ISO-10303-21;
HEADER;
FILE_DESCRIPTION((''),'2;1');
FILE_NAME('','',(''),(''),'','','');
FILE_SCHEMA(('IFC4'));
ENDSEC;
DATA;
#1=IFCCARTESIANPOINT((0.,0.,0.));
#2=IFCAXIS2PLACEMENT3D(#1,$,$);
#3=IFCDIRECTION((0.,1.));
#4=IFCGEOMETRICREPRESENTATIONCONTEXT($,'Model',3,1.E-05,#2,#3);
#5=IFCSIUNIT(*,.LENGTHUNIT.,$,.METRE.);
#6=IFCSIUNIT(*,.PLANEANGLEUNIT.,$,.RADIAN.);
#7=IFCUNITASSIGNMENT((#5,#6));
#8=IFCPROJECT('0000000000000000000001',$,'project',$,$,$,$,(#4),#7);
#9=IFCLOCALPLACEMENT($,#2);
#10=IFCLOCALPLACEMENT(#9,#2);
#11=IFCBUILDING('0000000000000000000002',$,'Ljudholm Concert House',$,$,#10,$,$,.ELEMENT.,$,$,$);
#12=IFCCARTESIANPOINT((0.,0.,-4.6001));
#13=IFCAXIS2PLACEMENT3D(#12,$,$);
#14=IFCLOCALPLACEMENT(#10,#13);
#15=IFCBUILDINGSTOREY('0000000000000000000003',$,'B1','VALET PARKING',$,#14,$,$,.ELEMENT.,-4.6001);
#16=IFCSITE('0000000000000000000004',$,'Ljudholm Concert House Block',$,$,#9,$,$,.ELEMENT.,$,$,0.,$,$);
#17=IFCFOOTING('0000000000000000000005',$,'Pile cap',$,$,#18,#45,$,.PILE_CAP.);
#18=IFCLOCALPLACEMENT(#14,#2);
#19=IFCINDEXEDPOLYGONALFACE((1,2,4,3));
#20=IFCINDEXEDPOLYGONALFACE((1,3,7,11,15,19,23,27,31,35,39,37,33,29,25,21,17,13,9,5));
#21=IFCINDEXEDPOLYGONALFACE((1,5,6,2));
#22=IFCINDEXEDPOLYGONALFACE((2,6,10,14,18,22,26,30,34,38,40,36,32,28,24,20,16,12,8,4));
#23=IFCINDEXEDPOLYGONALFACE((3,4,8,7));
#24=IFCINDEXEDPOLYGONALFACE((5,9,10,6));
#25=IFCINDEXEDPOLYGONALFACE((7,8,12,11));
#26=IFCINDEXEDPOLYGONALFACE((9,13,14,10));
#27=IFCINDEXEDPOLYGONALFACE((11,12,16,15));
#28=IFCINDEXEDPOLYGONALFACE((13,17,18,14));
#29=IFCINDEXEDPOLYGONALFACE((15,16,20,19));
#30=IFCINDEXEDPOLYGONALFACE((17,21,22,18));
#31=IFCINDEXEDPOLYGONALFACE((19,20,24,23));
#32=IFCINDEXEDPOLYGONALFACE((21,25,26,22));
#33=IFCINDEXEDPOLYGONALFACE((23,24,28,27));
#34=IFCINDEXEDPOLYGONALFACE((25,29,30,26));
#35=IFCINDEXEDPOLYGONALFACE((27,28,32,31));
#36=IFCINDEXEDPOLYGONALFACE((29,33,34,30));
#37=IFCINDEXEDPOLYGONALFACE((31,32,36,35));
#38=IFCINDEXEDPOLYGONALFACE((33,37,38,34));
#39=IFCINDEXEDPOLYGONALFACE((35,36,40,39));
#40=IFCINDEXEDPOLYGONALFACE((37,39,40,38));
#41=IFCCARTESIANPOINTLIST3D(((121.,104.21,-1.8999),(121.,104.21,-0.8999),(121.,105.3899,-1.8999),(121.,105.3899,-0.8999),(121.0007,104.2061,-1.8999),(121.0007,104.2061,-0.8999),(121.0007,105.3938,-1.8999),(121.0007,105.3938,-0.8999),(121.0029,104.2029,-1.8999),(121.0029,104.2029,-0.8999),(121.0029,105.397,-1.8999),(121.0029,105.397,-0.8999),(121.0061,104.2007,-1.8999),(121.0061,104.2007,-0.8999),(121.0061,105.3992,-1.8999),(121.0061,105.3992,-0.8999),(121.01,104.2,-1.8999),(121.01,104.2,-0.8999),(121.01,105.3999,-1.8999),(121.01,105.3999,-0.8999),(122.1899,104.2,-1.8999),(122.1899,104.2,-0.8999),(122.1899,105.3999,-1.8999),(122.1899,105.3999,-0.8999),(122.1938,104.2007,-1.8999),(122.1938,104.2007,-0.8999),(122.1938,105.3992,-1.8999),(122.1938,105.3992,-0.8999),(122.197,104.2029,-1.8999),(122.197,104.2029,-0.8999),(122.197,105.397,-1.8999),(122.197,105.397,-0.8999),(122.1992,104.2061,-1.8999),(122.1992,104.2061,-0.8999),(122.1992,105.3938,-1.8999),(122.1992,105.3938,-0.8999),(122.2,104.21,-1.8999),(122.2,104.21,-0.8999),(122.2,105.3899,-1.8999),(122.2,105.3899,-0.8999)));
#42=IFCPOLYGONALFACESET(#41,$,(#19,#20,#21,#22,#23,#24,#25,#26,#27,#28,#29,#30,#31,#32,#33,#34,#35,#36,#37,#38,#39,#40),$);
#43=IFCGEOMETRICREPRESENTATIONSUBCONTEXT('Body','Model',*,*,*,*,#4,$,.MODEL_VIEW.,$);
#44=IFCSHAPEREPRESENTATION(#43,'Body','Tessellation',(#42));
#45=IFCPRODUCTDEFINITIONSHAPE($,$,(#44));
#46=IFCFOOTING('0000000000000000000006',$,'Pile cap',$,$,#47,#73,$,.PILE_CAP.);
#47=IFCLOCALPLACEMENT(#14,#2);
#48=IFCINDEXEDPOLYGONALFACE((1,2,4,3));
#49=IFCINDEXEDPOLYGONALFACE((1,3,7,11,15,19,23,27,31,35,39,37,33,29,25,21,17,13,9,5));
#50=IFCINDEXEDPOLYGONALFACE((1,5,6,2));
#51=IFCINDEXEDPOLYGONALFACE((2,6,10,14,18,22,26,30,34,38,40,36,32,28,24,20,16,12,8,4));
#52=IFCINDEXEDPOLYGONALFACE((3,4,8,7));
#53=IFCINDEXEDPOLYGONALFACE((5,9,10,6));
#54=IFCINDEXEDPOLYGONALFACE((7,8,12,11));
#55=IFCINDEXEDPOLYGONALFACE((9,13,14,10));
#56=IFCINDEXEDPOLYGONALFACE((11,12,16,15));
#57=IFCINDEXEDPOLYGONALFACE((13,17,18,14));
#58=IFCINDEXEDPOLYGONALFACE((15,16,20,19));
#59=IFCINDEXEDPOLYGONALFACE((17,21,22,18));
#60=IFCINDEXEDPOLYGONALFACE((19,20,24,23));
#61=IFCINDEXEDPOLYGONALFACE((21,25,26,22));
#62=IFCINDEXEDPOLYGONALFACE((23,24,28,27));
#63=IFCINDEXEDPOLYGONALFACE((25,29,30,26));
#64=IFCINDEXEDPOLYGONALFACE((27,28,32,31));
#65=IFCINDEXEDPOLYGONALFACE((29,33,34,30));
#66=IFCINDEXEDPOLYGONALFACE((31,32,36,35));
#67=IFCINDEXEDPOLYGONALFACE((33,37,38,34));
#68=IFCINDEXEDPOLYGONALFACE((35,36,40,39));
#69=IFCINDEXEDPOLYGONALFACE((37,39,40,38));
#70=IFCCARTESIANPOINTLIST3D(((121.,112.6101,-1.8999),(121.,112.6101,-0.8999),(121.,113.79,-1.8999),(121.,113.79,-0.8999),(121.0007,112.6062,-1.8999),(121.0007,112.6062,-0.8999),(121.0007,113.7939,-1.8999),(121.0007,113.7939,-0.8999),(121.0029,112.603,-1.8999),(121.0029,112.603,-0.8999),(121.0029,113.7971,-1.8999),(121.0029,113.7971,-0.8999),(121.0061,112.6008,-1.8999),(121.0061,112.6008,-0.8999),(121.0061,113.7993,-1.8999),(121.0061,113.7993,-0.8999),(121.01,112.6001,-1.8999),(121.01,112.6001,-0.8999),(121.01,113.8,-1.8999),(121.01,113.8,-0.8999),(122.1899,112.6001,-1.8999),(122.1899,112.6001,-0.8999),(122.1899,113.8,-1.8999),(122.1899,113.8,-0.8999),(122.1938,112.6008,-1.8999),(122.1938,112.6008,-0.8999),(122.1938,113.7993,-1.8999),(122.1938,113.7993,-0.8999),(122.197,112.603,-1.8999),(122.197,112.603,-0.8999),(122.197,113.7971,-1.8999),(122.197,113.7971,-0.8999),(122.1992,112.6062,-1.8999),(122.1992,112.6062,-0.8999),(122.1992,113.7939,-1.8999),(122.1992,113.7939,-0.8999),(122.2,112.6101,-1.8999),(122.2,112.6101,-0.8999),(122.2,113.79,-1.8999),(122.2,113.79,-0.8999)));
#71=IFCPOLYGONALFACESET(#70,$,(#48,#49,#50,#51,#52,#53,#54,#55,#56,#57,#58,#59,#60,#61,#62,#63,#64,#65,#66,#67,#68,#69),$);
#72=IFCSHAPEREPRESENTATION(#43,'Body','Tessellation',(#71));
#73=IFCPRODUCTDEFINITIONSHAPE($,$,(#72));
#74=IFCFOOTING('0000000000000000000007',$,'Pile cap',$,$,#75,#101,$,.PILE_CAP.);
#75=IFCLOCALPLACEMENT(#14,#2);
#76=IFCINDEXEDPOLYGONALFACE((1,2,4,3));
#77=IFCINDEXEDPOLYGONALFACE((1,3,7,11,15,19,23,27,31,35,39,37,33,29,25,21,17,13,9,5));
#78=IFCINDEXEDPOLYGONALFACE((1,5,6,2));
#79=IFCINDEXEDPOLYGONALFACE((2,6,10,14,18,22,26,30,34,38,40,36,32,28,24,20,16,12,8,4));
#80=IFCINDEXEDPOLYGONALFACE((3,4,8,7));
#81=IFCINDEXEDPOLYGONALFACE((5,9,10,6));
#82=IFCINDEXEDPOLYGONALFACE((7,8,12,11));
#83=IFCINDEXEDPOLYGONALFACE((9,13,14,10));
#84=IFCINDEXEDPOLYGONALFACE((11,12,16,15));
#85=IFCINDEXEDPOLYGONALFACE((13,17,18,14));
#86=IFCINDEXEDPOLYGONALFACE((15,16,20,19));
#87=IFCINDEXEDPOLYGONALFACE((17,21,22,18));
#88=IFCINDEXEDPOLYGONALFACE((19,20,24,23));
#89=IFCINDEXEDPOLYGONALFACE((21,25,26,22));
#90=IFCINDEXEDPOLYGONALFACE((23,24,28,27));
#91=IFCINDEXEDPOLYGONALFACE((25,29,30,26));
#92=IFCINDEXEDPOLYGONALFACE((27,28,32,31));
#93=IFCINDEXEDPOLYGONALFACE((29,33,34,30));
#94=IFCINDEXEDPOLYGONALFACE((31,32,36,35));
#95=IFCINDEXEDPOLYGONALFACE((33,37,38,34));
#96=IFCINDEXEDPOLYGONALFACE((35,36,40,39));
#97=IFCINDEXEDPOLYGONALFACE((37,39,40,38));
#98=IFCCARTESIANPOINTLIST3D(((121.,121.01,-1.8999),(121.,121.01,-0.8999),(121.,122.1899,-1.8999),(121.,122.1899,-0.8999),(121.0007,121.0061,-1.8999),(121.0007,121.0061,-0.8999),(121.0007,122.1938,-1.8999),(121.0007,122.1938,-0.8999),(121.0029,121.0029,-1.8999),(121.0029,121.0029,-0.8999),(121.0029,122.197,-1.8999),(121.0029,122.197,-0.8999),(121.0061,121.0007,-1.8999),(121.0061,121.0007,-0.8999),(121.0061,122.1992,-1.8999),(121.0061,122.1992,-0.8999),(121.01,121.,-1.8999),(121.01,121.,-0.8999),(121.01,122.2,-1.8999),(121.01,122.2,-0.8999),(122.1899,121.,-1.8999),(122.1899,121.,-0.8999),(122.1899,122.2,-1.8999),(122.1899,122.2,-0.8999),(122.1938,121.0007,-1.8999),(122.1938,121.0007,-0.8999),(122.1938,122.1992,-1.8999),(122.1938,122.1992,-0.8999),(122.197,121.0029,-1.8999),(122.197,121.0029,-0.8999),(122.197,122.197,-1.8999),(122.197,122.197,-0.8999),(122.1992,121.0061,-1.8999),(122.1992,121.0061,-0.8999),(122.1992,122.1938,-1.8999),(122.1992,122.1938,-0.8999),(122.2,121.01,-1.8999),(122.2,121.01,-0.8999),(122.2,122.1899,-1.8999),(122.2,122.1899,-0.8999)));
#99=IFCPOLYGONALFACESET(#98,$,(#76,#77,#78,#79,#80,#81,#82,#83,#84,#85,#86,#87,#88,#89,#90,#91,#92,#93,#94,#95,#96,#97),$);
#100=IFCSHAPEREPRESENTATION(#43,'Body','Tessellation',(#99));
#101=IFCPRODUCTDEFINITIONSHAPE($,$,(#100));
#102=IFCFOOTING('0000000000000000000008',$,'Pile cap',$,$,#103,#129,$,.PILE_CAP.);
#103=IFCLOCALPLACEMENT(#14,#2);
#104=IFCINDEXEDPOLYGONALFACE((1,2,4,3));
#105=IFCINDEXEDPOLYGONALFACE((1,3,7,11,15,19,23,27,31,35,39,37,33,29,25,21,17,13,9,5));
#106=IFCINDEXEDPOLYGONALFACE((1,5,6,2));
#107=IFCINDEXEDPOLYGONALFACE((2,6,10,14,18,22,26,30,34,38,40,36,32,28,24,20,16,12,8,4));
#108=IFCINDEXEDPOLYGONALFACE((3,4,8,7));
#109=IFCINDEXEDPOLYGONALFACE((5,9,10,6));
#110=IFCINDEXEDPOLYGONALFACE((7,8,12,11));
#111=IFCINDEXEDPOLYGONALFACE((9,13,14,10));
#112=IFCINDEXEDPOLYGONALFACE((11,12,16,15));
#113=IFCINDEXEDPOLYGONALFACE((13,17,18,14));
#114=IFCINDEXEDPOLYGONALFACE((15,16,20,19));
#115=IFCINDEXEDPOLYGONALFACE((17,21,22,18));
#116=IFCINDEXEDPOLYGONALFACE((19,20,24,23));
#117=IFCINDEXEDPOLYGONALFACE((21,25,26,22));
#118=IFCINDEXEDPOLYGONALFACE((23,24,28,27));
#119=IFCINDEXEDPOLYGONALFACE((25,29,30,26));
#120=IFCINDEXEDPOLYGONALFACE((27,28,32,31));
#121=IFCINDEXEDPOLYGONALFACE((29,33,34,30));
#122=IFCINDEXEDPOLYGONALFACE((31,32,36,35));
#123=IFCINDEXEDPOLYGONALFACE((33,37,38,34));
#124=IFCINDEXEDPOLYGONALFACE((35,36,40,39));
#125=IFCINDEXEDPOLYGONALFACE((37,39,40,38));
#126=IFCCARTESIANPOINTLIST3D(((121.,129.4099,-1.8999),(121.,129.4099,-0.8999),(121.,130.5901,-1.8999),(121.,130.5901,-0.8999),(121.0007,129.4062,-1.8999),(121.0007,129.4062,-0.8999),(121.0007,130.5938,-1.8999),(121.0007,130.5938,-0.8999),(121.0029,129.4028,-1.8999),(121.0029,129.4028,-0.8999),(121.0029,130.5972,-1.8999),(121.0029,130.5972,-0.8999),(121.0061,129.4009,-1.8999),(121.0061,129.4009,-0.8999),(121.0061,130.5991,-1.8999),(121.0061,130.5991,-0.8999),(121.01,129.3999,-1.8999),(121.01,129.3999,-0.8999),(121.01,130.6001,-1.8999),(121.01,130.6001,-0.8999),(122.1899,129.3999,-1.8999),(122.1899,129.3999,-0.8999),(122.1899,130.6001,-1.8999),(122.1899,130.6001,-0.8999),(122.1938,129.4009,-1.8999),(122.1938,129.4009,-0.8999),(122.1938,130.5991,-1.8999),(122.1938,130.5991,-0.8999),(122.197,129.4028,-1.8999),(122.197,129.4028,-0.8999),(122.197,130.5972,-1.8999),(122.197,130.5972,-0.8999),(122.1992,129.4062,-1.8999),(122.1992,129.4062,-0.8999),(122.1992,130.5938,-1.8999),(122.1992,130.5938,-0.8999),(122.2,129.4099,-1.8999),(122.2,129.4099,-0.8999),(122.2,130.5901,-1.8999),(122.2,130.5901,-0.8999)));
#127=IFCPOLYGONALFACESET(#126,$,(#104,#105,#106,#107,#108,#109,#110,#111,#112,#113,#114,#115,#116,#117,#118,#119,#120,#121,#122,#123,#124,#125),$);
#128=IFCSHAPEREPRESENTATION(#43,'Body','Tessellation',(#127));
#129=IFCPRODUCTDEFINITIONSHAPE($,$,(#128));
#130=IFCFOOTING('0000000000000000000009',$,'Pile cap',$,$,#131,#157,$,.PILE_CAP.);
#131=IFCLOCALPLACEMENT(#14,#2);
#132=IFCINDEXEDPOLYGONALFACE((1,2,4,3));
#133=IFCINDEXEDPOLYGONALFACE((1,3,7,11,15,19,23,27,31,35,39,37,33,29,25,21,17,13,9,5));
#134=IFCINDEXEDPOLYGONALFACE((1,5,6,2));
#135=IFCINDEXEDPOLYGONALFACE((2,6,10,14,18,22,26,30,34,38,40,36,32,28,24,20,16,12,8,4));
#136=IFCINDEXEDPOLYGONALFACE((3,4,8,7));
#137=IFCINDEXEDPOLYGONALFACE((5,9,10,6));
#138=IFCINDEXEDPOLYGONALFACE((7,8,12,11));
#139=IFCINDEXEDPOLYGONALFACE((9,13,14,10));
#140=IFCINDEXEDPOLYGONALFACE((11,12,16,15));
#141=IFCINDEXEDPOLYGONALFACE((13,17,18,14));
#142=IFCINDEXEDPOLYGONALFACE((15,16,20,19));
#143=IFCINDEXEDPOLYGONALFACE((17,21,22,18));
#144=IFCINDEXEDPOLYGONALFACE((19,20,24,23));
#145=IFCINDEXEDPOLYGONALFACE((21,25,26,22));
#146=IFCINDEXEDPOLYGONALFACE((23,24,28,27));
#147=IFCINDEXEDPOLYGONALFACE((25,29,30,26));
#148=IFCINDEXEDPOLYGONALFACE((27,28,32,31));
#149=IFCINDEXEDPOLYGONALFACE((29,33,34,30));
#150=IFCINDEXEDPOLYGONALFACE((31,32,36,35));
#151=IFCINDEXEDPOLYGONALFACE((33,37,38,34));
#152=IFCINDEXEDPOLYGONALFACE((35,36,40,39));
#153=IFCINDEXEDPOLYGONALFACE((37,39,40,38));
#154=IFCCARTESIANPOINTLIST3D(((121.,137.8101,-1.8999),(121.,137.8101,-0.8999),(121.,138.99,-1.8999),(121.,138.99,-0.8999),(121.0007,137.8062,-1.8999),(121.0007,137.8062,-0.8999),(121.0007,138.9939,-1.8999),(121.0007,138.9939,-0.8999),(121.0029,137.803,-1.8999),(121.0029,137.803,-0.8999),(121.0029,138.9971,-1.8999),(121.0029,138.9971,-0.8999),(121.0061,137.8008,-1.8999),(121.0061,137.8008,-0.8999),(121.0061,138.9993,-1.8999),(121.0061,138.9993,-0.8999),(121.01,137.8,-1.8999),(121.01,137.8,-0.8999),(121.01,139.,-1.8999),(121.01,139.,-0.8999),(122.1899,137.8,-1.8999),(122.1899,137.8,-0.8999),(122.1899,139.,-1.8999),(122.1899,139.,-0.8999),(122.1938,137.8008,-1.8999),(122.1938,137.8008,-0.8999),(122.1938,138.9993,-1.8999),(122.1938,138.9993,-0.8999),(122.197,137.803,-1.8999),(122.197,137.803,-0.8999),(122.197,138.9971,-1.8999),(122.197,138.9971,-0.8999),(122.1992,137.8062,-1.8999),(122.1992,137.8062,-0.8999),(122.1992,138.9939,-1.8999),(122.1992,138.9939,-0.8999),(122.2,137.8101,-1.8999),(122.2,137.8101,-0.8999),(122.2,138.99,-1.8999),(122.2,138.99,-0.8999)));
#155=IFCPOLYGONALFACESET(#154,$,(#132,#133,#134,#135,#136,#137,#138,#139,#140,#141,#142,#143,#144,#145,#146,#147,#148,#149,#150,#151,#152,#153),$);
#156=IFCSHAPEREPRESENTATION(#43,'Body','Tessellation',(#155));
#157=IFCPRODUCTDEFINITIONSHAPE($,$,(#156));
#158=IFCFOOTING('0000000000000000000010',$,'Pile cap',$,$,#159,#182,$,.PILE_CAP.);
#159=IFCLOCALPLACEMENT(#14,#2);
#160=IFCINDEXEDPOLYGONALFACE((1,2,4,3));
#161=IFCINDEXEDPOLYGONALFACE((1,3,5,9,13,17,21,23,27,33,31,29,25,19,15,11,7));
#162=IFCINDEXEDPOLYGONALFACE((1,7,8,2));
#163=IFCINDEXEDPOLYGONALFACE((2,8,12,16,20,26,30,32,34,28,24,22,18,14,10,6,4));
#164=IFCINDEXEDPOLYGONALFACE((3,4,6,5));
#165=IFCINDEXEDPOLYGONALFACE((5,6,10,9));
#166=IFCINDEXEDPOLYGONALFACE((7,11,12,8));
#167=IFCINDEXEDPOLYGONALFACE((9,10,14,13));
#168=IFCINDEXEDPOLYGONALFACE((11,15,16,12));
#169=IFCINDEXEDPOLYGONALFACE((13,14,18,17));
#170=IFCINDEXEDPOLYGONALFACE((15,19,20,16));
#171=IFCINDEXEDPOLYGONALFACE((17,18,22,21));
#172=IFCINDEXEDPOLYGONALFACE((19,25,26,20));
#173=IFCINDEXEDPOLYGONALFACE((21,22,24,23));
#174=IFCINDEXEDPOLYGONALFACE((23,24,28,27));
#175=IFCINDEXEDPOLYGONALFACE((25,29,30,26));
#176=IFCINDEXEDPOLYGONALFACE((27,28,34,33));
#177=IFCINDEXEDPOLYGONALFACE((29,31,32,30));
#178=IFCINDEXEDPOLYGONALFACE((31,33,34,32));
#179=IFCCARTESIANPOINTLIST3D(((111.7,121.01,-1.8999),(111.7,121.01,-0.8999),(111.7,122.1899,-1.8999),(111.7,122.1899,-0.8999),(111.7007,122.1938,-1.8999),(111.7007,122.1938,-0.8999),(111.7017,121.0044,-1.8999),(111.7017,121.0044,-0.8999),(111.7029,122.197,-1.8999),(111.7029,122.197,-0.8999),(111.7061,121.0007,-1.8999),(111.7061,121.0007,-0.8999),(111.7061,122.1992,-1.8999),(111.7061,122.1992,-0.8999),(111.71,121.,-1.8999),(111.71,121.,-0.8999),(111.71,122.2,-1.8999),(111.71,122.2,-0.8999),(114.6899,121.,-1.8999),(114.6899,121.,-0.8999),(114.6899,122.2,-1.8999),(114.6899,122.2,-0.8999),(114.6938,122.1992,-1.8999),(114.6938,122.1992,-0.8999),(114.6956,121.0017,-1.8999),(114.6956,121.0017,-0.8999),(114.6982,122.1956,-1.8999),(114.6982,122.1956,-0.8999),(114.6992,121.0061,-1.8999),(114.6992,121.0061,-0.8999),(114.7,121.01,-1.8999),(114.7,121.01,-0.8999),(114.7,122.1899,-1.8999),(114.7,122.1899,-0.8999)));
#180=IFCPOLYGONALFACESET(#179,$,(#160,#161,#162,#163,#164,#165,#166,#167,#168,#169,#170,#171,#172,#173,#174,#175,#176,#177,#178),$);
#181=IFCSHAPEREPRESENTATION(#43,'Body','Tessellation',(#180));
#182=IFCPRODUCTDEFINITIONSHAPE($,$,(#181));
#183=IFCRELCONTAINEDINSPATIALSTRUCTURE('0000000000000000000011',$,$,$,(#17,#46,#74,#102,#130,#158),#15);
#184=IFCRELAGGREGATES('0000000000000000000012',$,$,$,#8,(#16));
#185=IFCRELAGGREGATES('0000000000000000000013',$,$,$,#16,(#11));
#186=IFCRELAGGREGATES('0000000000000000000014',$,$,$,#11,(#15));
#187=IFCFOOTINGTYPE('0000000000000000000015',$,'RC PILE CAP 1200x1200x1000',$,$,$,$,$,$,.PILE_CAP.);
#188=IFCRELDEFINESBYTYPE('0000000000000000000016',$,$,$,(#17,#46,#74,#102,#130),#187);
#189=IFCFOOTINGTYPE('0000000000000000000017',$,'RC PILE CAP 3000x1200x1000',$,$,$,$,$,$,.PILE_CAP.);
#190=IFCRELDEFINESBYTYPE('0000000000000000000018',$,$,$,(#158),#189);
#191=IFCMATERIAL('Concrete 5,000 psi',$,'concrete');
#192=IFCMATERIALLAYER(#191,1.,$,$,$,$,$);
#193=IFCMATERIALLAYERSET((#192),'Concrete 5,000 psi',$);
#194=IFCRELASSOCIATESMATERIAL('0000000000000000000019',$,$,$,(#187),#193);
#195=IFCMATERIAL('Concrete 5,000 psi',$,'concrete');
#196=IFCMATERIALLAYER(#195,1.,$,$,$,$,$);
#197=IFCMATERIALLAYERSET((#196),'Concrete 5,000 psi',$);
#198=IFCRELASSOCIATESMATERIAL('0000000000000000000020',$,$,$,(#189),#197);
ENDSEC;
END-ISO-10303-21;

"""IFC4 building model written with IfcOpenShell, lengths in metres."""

from ifc_helpers import new_model, si_unit, direction, frame, origin, place, context, subcontext, project, spatial, polyline, outline, extrude, material, layer, layer_set, type_object, element, save


model = new_model("IFC4")

# Units and contexts
model_context = context("Model", 3, precision=1e-05, world=origin(), true_north=direction((0.0, 1.0)))
body_context = subcontext(model_context, "Body", "Model", "MODEL_VIEW")
ifc_project = project(units=[si_unit("LENGTHUNIT", "METRE"), si_unit("PLANEANGLEUNIT", "RADIAN")], contexts=[model_context])

# Site, building, storey
site_placement = place(None, origin())
site = spatial("IfcSite", under=ifc_project, at=site_placement, Name="Ljudholm Concert House Block", CompositionType="ELEMENT", RefElevation=0.0)
building_placement = place(site_placement, origin())
building = spatial("IfcBuilding", under=site, at=building_placement, Name="Ljudholm Concert House", CompositionType="ELEMENT")
storey_placement = place(building_placement, frame((0.0, 0.0, -4.6001)))
storey = spatial("IfcBuildingStorey", under=building, at=storey_placement, Name="B1", Description="VALET PARKING", CompositionType="ELEMENT", Elevation=-4.6001)

# Footings
ifc_material_1 = material(Name="Concrete 5,000 psi", Category="concrete")
ifc_layer_1 = layer(ifc_material_1, 1.0)
ifc_layer_set_1 = layer_set([ifc_layer_1], Name="Concrete 5,000 psi")
footing_type_1 = type_object("IfcFootingType", Name="RC PILE CAP 1200x1200x1000", PredefinedType="PILE_CAP", material=ifc_layer_set_1)
footing_1_placement = place(storey_placement, frame((0.0, 0.0, -1.8999)))
element("IfcFooting", 1, at=footing_1_placement, inside=storey, type_object=footing_type_1, Name="Pile cap", PredefinedType="PILE_CAP", context=body_context, shape_type="SweptSolid", body=[
    extrude(outline(polyline([(121.01, 104.2), (122.1899, 104.2), (122.1938, 104.2007), (122.197, 104.2029), (122.1992, 104.2061), (122.2, 104.21), (122.2, 105.3899), (122.1992, 105.3938), (122.197, 105.397), (122.1938, 105.3992), (122.1899, 105.3999), (121.01, 105.3999), (121.0061, 105.3992), (121.0029, 105.397), (121.0007, 105.3938), (121.0, 105.3899), (121.0, 104.21), (121.0007, 104.2061), (121.0029, 104.2029), (121.0061, 104.2007), (121.01, 104.2)])), origin(), (0.0, 0.0, 1.0), 1.0),
])
footing_2_placement = place(storey_placement, frame((0.0, 0.0, -1.8999)))
element("IfcFooting", 2, at=footing_2_placement, inside=storey, type_object=footing_type_1, Name="Pile cap", PredefinedType="PILE_CAP", context=body_context, shape_type="SweptSolid", body=[
    extrude(outline(polyline([(121.0, 113.79), (121.0, 112.6101), (121.0007, 112.6062), (121.0029, 112.603), (121.0061, 112.6008), (121.01, 112.6001), (122.1899, 112.6001), (122.1938, 112.6008), (122.197, 112.603), (122.1992, 112.6062), (122.2, 112.6101), (122.2, 113.79), (122.1992, 113.7939), (122.197, 113.7971), (122.1938, 113.7993), (122.1899, 113.8), (121.01, 113.8), (121.0061, 113.7993), (121.0029, 113.7971), (121.0007, 113.7939), (121.0, 113.79)])), origin(), (0.0, 0.0, 1.0), 1.0),
])
footing_3_placement = place(storey_placement, frame((0.0, 0.0, -1.8999)))
element("IfcFooting", 3, at=footing_3_placement, inside=storey, type_object=footing_type_1, Name="Pile cap", PredefinedType="PILE_CAP", context=body_context, shape_type="SweptSolid", body=[
    extrude(outline(polyline([(121.0, 122.1899), (121.0, 121.01), (121.0007, 121.0061), (121.0029, 121.0029), (121.0061, 121.0007), (121.01, 121.0), (122.1899, 121.0), (122.1938, 121.0007), (122.197, 121.0029), (122.1992, 121.0061), (122.2, 121.01), (122.2, 122.1899), (122.1992, 122.1938), (122.197, 122.197), (122.1938, 122.1992), (122.1899, 122.2), (121.01, 122.2), (121.0061, 122.1992), (121.0029, 122.197), (121.0007, 122.1938), (121.0, 122.1899)])), origin(), (0.0, 0.0, 1.0), 1.0),
])
footing_4_placement = place(storey_placement, frame((0.0, 0.0, -1.8999)))
element("IfcFooting", 4, at=footing_4_placement, inside=storey, type_object=footing_type_1, Name="Pile cap", PredefinedType="PILE_CAP", context=body_context, shape_type="SweptSolid", body=[
    extrude(outline(polyline([(121.01, 129.3999), (122.1899, 129.3999), (122.1938, 129.4009), (122.197, 129.4028), (122.1992, 129.4062), (122.2, 129.4099), (122.2, 130.5901), (122.1992, 130.5938), (122.197, 130.5972), (122.1938, 130.5991), (122.1899, 130.6001), (121.01, 130.6001), (121.0061, 130.5991), (121.0029, 130.5972), (121.0007, 130.5938), (121.0, 130.5901), (121.0, 129.4099), (121.0007, 129.4062), (121.0029, 129.4028), (121.0061, 129.4009), (121.01, 129.3999)])), origin(), (0.0, 0.0, 1.0), 1.0),
])
footing_5_placement = place(storey_placement, frame((0.0, 0.0, -1.8999)))
element("IfcFooting", 5, at=footing_5_placement, inside=storey, type_object=footing_type_1, Name="Pile cap", PredefinedType="PILE_CAP", context=body_context, shape_type="SweptSolid", body=[
    extrude(outline(polyline([(121.0, 138.99), (121.0, 137.8101), (121.0007, 137.8062), (121.0029, 137.803), (121.0061, 137.8008), (121.01, 137.8), (122.1899, 137.8), (122.1938, 137.8008), (122.197, 137.803), (122.1992, 137.8062), (122.2, 137.8101), (122.2, 138.99), (122.1992, 138.9939), (122.197, 138.9971), (122.1938, 138.9993), (122.1899, 139.0), (121.01, 139.0), (121.0061, 138.9993), (121.0029, 138.9971), (121.0007, 138.9939), (121.0, 138.99)])), origin(), (0.0, 0.0, 1.0), 1.0),
])
ifc_material_2 = material(Name="Concrete 5,000 psi", Category="concrete")
ifc_layer_2 = layer(ifc_material_2, 1.0)
ifc_layer_set_2 = layer_set([ifc_layer_2], Name="Concrete 5,000 psi")
footing_type_2 = type_object("IfcFootingType", Name="RC PILE CAP 3000x1200x1000", PredefinedType="PILE_CAP", material=ifc_layer_set_2)
footing_6_placement = place(storey_placement, frame((0.0, 0.0, -1.8999)))
element("IfcFooting", 6, at=footing_6_placement, inside=storey, type_object=footing_type_2, Name="Pile cap", PredefinedType="PILE_CAP", context=body_context, shape_type="SweptSolid", body=[
    extrude(outline(polyline([(111.7, 122.1899), (111.7, 121.01), (111.7017, 121.0044), (111.7061, 121.0007), (111.71, 121.0), (114.6899, 121.0), (114.6956, 121.0017), (114.6992, 121.0061), (114.7, 121.01), (114.7, 122.1899), (114.6982, 122.1956), (114.6938, 122.1992), (114.6899, 122.2), (111.71, 122.2), (111.7061, 122.1992), (111.7029, 122.197), (111.7007, 122.1938), (111.7, 122.1899)])), origin(), (0.0, 0.0, 1.0), 1.0),
])

save(model, "model.ifc")
